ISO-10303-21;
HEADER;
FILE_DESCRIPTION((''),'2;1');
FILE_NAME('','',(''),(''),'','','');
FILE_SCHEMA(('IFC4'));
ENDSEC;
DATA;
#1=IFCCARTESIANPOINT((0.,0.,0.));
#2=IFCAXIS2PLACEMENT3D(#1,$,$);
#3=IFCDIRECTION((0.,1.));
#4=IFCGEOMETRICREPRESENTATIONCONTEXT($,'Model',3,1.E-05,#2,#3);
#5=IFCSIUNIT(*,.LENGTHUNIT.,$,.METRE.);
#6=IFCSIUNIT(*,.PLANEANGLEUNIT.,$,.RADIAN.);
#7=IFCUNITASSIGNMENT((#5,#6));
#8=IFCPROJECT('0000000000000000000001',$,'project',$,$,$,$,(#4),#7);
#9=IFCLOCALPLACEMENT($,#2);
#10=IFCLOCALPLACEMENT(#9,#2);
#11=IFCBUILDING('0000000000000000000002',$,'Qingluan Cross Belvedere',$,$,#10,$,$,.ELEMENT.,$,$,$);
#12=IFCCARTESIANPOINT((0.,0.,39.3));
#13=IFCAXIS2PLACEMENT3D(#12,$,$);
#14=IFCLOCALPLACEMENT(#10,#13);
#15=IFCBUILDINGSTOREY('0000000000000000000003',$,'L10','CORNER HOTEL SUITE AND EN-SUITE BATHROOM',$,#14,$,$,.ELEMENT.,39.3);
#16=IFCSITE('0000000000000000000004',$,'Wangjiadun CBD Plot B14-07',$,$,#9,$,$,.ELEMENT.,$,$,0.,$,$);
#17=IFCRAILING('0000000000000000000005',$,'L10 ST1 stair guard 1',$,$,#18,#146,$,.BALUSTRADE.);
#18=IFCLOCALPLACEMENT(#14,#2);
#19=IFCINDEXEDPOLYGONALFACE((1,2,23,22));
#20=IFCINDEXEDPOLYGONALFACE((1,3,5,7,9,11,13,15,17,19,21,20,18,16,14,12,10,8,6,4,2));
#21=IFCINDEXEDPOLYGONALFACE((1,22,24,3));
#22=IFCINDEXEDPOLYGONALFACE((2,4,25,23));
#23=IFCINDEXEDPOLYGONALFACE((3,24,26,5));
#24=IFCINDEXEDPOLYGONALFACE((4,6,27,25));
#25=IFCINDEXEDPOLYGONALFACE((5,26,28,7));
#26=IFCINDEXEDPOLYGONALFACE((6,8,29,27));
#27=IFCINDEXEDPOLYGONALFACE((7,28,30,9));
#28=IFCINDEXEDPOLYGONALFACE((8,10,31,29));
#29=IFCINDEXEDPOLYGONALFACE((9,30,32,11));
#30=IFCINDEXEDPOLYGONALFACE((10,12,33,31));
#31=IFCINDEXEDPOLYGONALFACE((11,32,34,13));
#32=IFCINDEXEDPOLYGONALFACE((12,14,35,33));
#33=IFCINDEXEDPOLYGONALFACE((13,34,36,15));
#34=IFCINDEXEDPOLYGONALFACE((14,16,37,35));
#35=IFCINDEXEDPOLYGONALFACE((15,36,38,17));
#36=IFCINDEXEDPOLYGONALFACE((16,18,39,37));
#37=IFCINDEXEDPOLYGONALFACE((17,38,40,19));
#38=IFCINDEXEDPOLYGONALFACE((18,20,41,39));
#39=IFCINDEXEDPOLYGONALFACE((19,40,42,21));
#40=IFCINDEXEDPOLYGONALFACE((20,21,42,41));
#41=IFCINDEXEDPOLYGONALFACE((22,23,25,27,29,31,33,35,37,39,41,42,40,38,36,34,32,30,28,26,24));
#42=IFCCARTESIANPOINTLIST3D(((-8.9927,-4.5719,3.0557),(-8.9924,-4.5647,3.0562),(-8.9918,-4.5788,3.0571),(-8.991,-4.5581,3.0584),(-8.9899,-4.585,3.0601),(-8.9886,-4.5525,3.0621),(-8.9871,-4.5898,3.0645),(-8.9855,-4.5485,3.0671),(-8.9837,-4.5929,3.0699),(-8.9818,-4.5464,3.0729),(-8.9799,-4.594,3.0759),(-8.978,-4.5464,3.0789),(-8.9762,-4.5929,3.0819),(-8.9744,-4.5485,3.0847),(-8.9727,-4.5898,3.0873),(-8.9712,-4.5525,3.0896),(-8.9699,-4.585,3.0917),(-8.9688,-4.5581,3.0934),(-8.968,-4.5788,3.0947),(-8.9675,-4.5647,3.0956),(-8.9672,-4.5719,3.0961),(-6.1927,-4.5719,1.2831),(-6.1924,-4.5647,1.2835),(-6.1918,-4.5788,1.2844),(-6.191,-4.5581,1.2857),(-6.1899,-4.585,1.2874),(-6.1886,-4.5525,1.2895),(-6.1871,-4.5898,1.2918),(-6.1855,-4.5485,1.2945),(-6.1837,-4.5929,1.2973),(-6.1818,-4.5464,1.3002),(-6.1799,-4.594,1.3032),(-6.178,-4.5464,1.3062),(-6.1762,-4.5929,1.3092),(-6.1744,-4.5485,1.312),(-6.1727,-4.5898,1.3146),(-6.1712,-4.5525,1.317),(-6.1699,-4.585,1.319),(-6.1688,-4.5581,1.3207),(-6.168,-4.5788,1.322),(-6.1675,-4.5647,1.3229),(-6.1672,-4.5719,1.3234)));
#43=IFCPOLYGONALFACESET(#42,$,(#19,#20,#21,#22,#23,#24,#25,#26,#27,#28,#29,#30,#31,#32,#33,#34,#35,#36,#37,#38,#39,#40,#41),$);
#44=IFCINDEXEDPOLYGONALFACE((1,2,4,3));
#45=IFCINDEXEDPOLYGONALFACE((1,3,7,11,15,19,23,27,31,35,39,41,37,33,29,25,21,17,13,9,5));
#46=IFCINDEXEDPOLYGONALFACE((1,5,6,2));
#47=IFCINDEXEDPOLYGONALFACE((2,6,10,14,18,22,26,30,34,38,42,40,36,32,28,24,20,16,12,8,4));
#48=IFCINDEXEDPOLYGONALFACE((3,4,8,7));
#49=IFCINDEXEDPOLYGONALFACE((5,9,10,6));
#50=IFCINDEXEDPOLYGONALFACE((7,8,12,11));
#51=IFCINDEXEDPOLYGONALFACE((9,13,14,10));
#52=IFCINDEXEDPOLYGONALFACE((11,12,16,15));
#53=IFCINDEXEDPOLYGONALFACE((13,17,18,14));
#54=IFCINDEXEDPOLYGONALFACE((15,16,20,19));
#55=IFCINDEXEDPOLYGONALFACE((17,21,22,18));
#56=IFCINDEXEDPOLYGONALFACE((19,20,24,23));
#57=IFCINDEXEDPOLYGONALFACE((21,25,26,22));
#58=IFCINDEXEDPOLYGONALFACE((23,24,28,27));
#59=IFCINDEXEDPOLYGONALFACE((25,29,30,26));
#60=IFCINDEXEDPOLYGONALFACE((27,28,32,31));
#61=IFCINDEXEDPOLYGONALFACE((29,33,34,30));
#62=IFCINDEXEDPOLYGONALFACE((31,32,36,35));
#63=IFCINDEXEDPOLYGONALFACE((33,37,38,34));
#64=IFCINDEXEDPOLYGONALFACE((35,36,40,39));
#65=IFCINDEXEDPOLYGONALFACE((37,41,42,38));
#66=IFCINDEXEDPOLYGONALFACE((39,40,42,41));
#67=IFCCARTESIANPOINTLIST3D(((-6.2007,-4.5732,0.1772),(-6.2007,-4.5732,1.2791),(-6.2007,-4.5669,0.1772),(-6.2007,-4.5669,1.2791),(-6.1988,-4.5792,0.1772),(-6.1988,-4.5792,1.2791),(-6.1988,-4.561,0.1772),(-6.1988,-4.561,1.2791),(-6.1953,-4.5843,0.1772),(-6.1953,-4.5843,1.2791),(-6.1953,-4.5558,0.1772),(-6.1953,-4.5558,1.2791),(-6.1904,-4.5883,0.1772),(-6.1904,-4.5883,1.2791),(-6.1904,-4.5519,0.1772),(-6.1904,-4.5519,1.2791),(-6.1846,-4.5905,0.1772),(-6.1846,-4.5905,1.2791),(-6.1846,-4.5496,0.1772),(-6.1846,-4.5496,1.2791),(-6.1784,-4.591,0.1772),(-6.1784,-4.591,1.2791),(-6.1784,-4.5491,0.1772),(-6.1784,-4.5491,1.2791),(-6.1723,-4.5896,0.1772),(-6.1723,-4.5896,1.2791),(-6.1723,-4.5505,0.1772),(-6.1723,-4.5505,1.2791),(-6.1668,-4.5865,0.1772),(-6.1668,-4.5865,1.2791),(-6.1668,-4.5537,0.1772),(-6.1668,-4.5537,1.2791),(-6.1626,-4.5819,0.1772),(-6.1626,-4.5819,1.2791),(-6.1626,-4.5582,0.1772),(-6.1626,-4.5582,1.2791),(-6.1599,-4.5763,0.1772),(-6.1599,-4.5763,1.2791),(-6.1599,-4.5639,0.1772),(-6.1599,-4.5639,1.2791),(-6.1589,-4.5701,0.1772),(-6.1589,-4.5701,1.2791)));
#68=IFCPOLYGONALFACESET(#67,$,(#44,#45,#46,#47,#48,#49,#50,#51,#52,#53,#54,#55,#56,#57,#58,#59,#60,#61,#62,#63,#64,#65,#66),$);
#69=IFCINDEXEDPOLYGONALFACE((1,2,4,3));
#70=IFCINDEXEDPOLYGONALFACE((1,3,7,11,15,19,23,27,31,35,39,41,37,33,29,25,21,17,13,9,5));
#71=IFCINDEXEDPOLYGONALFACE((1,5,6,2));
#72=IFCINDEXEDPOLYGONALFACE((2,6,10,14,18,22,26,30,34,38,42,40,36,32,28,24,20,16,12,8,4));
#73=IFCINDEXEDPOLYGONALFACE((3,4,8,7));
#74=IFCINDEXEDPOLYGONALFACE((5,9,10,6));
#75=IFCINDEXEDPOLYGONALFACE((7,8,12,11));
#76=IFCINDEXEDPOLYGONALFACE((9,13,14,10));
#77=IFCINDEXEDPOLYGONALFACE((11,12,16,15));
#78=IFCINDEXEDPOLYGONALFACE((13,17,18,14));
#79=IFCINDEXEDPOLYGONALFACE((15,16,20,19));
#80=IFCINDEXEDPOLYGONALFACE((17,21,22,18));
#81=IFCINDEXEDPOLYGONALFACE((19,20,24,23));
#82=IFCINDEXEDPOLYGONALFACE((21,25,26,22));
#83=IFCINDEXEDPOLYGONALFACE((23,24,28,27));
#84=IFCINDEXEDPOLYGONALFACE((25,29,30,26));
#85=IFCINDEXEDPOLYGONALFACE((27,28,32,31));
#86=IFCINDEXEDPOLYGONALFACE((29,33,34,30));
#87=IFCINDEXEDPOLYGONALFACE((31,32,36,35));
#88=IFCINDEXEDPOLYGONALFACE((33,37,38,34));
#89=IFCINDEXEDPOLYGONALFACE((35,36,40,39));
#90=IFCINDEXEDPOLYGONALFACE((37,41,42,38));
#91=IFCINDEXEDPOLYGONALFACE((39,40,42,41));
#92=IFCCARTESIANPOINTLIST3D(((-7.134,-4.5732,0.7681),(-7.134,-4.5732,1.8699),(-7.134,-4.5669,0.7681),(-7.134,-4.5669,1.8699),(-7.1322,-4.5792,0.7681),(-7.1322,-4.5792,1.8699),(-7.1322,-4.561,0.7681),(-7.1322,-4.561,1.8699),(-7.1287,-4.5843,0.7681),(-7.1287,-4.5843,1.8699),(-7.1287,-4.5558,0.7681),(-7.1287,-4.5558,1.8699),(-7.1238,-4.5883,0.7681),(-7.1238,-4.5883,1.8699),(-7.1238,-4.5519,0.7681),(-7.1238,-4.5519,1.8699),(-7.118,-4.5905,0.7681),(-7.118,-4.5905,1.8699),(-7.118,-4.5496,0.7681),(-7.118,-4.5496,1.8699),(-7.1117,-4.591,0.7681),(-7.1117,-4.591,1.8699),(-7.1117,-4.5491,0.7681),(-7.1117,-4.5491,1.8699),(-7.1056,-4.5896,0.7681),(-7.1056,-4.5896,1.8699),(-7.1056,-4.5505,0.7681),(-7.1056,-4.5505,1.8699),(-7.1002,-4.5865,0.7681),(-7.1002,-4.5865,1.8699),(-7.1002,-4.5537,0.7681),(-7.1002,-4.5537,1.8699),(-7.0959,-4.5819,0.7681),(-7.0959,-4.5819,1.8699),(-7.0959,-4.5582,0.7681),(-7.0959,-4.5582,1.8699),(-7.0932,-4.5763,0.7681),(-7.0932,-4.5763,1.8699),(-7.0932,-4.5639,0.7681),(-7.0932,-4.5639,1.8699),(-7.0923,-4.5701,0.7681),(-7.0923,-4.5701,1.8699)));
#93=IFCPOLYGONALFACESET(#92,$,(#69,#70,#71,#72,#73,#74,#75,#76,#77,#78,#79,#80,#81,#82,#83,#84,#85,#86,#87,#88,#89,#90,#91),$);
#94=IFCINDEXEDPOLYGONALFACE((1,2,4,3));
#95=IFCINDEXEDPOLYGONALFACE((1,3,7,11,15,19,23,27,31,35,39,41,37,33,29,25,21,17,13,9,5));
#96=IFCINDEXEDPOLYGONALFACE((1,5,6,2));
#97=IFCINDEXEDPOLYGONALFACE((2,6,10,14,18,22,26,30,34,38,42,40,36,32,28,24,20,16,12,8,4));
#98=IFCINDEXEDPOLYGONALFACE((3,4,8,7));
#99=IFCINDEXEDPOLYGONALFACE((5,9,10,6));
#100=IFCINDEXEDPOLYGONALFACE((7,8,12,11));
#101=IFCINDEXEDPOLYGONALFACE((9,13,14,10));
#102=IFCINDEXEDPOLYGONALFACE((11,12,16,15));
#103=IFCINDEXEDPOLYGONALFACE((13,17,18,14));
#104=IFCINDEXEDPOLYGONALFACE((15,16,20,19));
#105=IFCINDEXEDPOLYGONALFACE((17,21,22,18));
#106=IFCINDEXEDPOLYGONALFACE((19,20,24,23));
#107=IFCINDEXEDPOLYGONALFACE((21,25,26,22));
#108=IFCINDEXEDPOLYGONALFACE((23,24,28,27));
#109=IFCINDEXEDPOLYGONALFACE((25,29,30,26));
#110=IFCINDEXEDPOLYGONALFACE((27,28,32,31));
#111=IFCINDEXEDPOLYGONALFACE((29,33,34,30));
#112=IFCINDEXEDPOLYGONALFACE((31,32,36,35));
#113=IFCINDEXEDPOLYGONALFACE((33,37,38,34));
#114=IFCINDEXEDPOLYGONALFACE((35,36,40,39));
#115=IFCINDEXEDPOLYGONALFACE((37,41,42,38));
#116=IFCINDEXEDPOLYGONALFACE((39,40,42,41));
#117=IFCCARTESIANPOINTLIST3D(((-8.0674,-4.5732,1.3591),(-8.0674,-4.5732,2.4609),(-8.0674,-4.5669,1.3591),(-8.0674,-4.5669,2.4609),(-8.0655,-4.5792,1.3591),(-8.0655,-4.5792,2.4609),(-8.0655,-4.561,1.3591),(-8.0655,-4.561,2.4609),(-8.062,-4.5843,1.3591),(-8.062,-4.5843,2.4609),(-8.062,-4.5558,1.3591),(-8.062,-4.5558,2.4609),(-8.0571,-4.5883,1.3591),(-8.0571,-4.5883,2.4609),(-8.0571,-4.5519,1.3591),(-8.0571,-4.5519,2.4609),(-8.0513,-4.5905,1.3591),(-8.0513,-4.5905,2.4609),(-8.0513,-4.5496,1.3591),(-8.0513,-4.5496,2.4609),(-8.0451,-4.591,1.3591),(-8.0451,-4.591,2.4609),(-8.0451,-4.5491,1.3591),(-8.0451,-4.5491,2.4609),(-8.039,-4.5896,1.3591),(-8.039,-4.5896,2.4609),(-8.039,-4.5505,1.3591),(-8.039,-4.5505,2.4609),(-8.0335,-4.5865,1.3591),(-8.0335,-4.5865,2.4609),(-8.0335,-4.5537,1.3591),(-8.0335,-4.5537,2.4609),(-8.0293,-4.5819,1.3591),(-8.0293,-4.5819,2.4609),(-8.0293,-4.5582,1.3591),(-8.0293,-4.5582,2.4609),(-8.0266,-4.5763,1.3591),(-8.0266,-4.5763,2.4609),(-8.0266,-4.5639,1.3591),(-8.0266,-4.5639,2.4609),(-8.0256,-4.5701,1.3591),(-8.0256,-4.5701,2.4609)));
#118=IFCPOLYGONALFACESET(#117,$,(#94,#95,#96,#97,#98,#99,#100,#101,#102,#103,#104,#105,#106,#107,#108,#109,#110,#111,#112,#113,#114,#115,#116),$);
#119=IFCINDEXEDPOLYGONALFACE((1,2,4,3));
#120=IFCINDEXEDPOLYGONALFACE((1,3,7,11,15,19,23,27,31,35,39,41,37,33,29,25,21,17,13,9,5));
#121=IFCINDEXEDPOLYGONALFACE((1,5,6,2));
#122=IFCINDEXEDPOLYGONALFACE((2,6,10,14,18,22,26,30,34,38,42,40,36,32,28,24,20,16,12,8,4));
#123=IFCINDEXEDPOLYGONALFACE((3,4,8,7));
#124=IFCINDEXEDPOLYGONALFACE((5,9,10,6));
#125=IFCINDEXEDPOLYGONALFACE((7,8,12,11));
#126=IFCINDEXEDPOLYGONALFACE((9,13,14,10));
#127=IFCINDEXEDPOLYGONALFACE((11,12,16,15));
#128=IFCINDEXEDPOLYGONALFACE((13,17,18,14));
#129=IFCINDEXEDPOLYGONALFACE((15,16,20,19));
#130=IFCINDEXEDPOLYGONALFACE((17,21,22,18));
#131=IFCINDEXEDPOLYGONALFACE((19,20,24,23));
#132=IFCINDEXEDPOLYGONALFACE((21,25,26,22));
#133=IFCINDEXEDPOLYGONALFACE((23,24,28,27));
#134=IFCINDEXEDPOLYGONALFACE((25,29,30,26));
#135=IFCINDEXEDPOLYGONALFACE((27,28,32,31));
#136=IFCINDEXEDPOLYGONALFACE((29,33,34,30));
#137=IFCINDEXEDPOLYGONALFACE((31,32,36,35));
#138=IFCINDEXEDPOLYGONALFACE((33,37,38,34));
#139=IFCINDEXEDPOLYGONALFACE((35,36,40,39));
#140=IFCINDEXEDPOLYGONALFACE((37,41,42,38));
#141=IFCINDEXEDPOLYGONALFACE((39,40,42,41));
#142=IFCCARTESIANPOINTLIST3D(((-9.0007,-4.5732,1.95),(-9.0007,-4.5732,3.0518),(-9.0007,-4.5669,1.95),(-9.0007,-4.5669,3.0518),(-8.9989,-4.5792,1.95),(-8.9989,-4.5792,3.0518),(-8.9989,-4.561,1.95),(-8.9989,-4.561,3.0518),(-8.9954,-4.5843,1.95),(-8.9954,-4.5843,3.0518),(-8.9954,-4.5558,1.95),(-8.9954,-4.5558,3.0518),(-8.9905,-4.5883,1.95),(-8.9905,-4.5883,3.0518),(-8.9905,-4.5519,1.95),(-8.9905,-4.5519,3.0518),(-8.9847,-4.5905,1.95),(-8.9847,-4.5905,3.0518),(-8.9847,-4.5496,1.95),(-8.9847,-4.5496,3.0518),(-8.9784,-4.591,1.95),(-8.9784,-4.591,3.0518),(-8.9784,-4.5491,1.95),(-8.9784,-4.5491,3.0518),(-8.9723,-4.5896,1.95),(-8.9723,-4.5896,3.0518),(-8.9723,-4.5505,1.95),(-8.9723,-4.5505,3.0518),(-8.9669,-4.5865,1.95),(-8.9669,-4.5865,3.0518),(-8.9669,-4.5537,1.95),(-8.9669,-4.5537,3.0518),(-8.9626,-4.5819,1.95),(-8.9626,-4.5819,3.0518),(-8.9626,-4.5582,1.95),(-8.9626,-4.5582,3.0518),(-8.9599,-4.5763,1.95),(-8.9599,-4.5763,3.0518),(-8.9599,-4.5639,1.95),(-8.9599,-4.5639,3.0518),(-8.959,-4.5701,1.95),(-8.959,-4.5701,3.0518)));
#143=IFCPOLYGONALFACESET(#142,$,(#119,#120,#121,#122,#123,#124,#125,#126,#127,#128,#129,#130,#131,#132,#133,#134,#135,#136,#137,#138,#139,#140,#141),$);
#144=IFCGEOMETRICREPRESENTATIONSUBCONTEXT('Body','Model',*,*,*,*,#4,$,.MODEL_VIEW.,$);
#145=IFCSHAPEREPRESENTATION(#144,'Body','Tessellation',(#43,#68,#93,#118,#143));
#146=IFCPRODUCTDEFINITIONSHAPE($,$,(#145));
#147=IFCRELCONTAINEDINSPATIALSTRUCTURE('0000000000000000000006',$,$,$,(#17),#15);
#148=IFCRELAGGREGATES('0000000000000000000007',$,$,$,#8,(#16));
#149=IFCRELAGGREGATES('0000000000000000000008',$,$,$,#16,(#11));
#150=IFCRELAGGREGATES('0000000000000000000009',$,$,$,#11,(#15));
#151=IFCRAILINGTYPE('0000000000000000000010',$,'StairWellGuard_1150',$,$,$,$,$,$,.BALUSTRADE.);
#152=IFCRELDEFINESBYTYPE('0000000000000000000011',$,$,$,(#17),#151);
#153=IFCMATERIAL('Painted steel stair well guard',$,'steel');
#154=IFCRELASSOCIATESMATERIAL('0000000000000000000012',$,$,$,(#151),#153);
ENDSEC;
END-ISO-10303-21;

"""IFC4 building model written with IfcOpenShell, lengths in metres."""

from ifc_helpers import new_model, si_unit, direction, frame, origin, origin_2d, place, context, subcontext, project, spatial, circle, extrude, material, type_object, element, save


model = new_model("IFC4")

# Units and contexts
model_context = context("Model", 3, precision=1e-05, world=origin(), true_north=direction((0.0, 1.0)))
body_context = subcontext(model_context, "Body", "Model", "MODEL_VIEW")
ifc_project = project(units=[si_unit("LENGTHUNIT", "METRE"), si_unit("PLANEANGLEUNIT", "RADIAN")], contexts=[model_context])

# Site, building, storey
site_placement = place(None, origin())
site = spatial("IfcSite", under=ifc_project, at=site_placement, Name="Wangjiadun CBD Plot B14-07", CompositionType="ELEMENT", RefElevation=0.0)
building_placement = place(site_placement, origin())
building = spatial("IfcBuilding", under=site, at=building_placement, Name="Qingluan Cross Belvedere", CompositionType="ELEMENT")
storey_placement = place(building_placement, frame((0.0, 0.0, 39.3)))
storey = spatial("IfcBuildingStorey", under=building, at=storey_placement, Name="L10", Description="CORNER HOTEL SUITE AND EN-SUITE BATHROOM", CompositionType="ELEMENT", Elevation=39.3)

# Railing
ifc_material_1 = material(Name="Painted steel stair well guard", Category="steel")
railing_type_1 = type_object("IfcRailingType", Name="StairWellGuard_1150", PredefinedType="BALUSTRADE", material=ifc_material_1)
railing_1_placement = place(storey_placement, frame((-6.1799, -4.5701, 0.1772)))
element("IfcRailing", 1, at=railing_1_placement, inside=storey, type_object=railing_type_1, Name="L10 ST1 stair guard 1", PredefinedType="BALUSTRADE", context=body_context, shape_type="SweptSolid", body=[
    extrude(circle(Radius=0.0239, at=origin_2d()), frame((0.0, 0.0, 1.126), z_axis=(-0.844909, 0.0, 0.53491), x_axis=(0.0, -1.0, 0.0)), (0.0, 0.0, 1.0), 3.314),
    extrude(circle(Radius=0.021, at=origin_2d()), origin(), (0.0, 0.0, 1.0), 1.1018),
    extrude(circle(Radius=0.021, at=origin_2d()), frame((-0.9333, 0.0, 0.5908)), (0.0, 0.0, 1.0), 1.1018),
    extrude(circle(Radius=0.021, at=origin_2d()), frame((-1.8667, 0.0, 1.1819)), (0.0, 0.0, 1.0), 1.1018),
    extrude(circle(Radius=0.021, at=origin_2d()), frame((-2.8, 0.0, 1.7727)), (0.0, 0.0, 1.0), 1.1018),
])

save(model, "model.ifc")
